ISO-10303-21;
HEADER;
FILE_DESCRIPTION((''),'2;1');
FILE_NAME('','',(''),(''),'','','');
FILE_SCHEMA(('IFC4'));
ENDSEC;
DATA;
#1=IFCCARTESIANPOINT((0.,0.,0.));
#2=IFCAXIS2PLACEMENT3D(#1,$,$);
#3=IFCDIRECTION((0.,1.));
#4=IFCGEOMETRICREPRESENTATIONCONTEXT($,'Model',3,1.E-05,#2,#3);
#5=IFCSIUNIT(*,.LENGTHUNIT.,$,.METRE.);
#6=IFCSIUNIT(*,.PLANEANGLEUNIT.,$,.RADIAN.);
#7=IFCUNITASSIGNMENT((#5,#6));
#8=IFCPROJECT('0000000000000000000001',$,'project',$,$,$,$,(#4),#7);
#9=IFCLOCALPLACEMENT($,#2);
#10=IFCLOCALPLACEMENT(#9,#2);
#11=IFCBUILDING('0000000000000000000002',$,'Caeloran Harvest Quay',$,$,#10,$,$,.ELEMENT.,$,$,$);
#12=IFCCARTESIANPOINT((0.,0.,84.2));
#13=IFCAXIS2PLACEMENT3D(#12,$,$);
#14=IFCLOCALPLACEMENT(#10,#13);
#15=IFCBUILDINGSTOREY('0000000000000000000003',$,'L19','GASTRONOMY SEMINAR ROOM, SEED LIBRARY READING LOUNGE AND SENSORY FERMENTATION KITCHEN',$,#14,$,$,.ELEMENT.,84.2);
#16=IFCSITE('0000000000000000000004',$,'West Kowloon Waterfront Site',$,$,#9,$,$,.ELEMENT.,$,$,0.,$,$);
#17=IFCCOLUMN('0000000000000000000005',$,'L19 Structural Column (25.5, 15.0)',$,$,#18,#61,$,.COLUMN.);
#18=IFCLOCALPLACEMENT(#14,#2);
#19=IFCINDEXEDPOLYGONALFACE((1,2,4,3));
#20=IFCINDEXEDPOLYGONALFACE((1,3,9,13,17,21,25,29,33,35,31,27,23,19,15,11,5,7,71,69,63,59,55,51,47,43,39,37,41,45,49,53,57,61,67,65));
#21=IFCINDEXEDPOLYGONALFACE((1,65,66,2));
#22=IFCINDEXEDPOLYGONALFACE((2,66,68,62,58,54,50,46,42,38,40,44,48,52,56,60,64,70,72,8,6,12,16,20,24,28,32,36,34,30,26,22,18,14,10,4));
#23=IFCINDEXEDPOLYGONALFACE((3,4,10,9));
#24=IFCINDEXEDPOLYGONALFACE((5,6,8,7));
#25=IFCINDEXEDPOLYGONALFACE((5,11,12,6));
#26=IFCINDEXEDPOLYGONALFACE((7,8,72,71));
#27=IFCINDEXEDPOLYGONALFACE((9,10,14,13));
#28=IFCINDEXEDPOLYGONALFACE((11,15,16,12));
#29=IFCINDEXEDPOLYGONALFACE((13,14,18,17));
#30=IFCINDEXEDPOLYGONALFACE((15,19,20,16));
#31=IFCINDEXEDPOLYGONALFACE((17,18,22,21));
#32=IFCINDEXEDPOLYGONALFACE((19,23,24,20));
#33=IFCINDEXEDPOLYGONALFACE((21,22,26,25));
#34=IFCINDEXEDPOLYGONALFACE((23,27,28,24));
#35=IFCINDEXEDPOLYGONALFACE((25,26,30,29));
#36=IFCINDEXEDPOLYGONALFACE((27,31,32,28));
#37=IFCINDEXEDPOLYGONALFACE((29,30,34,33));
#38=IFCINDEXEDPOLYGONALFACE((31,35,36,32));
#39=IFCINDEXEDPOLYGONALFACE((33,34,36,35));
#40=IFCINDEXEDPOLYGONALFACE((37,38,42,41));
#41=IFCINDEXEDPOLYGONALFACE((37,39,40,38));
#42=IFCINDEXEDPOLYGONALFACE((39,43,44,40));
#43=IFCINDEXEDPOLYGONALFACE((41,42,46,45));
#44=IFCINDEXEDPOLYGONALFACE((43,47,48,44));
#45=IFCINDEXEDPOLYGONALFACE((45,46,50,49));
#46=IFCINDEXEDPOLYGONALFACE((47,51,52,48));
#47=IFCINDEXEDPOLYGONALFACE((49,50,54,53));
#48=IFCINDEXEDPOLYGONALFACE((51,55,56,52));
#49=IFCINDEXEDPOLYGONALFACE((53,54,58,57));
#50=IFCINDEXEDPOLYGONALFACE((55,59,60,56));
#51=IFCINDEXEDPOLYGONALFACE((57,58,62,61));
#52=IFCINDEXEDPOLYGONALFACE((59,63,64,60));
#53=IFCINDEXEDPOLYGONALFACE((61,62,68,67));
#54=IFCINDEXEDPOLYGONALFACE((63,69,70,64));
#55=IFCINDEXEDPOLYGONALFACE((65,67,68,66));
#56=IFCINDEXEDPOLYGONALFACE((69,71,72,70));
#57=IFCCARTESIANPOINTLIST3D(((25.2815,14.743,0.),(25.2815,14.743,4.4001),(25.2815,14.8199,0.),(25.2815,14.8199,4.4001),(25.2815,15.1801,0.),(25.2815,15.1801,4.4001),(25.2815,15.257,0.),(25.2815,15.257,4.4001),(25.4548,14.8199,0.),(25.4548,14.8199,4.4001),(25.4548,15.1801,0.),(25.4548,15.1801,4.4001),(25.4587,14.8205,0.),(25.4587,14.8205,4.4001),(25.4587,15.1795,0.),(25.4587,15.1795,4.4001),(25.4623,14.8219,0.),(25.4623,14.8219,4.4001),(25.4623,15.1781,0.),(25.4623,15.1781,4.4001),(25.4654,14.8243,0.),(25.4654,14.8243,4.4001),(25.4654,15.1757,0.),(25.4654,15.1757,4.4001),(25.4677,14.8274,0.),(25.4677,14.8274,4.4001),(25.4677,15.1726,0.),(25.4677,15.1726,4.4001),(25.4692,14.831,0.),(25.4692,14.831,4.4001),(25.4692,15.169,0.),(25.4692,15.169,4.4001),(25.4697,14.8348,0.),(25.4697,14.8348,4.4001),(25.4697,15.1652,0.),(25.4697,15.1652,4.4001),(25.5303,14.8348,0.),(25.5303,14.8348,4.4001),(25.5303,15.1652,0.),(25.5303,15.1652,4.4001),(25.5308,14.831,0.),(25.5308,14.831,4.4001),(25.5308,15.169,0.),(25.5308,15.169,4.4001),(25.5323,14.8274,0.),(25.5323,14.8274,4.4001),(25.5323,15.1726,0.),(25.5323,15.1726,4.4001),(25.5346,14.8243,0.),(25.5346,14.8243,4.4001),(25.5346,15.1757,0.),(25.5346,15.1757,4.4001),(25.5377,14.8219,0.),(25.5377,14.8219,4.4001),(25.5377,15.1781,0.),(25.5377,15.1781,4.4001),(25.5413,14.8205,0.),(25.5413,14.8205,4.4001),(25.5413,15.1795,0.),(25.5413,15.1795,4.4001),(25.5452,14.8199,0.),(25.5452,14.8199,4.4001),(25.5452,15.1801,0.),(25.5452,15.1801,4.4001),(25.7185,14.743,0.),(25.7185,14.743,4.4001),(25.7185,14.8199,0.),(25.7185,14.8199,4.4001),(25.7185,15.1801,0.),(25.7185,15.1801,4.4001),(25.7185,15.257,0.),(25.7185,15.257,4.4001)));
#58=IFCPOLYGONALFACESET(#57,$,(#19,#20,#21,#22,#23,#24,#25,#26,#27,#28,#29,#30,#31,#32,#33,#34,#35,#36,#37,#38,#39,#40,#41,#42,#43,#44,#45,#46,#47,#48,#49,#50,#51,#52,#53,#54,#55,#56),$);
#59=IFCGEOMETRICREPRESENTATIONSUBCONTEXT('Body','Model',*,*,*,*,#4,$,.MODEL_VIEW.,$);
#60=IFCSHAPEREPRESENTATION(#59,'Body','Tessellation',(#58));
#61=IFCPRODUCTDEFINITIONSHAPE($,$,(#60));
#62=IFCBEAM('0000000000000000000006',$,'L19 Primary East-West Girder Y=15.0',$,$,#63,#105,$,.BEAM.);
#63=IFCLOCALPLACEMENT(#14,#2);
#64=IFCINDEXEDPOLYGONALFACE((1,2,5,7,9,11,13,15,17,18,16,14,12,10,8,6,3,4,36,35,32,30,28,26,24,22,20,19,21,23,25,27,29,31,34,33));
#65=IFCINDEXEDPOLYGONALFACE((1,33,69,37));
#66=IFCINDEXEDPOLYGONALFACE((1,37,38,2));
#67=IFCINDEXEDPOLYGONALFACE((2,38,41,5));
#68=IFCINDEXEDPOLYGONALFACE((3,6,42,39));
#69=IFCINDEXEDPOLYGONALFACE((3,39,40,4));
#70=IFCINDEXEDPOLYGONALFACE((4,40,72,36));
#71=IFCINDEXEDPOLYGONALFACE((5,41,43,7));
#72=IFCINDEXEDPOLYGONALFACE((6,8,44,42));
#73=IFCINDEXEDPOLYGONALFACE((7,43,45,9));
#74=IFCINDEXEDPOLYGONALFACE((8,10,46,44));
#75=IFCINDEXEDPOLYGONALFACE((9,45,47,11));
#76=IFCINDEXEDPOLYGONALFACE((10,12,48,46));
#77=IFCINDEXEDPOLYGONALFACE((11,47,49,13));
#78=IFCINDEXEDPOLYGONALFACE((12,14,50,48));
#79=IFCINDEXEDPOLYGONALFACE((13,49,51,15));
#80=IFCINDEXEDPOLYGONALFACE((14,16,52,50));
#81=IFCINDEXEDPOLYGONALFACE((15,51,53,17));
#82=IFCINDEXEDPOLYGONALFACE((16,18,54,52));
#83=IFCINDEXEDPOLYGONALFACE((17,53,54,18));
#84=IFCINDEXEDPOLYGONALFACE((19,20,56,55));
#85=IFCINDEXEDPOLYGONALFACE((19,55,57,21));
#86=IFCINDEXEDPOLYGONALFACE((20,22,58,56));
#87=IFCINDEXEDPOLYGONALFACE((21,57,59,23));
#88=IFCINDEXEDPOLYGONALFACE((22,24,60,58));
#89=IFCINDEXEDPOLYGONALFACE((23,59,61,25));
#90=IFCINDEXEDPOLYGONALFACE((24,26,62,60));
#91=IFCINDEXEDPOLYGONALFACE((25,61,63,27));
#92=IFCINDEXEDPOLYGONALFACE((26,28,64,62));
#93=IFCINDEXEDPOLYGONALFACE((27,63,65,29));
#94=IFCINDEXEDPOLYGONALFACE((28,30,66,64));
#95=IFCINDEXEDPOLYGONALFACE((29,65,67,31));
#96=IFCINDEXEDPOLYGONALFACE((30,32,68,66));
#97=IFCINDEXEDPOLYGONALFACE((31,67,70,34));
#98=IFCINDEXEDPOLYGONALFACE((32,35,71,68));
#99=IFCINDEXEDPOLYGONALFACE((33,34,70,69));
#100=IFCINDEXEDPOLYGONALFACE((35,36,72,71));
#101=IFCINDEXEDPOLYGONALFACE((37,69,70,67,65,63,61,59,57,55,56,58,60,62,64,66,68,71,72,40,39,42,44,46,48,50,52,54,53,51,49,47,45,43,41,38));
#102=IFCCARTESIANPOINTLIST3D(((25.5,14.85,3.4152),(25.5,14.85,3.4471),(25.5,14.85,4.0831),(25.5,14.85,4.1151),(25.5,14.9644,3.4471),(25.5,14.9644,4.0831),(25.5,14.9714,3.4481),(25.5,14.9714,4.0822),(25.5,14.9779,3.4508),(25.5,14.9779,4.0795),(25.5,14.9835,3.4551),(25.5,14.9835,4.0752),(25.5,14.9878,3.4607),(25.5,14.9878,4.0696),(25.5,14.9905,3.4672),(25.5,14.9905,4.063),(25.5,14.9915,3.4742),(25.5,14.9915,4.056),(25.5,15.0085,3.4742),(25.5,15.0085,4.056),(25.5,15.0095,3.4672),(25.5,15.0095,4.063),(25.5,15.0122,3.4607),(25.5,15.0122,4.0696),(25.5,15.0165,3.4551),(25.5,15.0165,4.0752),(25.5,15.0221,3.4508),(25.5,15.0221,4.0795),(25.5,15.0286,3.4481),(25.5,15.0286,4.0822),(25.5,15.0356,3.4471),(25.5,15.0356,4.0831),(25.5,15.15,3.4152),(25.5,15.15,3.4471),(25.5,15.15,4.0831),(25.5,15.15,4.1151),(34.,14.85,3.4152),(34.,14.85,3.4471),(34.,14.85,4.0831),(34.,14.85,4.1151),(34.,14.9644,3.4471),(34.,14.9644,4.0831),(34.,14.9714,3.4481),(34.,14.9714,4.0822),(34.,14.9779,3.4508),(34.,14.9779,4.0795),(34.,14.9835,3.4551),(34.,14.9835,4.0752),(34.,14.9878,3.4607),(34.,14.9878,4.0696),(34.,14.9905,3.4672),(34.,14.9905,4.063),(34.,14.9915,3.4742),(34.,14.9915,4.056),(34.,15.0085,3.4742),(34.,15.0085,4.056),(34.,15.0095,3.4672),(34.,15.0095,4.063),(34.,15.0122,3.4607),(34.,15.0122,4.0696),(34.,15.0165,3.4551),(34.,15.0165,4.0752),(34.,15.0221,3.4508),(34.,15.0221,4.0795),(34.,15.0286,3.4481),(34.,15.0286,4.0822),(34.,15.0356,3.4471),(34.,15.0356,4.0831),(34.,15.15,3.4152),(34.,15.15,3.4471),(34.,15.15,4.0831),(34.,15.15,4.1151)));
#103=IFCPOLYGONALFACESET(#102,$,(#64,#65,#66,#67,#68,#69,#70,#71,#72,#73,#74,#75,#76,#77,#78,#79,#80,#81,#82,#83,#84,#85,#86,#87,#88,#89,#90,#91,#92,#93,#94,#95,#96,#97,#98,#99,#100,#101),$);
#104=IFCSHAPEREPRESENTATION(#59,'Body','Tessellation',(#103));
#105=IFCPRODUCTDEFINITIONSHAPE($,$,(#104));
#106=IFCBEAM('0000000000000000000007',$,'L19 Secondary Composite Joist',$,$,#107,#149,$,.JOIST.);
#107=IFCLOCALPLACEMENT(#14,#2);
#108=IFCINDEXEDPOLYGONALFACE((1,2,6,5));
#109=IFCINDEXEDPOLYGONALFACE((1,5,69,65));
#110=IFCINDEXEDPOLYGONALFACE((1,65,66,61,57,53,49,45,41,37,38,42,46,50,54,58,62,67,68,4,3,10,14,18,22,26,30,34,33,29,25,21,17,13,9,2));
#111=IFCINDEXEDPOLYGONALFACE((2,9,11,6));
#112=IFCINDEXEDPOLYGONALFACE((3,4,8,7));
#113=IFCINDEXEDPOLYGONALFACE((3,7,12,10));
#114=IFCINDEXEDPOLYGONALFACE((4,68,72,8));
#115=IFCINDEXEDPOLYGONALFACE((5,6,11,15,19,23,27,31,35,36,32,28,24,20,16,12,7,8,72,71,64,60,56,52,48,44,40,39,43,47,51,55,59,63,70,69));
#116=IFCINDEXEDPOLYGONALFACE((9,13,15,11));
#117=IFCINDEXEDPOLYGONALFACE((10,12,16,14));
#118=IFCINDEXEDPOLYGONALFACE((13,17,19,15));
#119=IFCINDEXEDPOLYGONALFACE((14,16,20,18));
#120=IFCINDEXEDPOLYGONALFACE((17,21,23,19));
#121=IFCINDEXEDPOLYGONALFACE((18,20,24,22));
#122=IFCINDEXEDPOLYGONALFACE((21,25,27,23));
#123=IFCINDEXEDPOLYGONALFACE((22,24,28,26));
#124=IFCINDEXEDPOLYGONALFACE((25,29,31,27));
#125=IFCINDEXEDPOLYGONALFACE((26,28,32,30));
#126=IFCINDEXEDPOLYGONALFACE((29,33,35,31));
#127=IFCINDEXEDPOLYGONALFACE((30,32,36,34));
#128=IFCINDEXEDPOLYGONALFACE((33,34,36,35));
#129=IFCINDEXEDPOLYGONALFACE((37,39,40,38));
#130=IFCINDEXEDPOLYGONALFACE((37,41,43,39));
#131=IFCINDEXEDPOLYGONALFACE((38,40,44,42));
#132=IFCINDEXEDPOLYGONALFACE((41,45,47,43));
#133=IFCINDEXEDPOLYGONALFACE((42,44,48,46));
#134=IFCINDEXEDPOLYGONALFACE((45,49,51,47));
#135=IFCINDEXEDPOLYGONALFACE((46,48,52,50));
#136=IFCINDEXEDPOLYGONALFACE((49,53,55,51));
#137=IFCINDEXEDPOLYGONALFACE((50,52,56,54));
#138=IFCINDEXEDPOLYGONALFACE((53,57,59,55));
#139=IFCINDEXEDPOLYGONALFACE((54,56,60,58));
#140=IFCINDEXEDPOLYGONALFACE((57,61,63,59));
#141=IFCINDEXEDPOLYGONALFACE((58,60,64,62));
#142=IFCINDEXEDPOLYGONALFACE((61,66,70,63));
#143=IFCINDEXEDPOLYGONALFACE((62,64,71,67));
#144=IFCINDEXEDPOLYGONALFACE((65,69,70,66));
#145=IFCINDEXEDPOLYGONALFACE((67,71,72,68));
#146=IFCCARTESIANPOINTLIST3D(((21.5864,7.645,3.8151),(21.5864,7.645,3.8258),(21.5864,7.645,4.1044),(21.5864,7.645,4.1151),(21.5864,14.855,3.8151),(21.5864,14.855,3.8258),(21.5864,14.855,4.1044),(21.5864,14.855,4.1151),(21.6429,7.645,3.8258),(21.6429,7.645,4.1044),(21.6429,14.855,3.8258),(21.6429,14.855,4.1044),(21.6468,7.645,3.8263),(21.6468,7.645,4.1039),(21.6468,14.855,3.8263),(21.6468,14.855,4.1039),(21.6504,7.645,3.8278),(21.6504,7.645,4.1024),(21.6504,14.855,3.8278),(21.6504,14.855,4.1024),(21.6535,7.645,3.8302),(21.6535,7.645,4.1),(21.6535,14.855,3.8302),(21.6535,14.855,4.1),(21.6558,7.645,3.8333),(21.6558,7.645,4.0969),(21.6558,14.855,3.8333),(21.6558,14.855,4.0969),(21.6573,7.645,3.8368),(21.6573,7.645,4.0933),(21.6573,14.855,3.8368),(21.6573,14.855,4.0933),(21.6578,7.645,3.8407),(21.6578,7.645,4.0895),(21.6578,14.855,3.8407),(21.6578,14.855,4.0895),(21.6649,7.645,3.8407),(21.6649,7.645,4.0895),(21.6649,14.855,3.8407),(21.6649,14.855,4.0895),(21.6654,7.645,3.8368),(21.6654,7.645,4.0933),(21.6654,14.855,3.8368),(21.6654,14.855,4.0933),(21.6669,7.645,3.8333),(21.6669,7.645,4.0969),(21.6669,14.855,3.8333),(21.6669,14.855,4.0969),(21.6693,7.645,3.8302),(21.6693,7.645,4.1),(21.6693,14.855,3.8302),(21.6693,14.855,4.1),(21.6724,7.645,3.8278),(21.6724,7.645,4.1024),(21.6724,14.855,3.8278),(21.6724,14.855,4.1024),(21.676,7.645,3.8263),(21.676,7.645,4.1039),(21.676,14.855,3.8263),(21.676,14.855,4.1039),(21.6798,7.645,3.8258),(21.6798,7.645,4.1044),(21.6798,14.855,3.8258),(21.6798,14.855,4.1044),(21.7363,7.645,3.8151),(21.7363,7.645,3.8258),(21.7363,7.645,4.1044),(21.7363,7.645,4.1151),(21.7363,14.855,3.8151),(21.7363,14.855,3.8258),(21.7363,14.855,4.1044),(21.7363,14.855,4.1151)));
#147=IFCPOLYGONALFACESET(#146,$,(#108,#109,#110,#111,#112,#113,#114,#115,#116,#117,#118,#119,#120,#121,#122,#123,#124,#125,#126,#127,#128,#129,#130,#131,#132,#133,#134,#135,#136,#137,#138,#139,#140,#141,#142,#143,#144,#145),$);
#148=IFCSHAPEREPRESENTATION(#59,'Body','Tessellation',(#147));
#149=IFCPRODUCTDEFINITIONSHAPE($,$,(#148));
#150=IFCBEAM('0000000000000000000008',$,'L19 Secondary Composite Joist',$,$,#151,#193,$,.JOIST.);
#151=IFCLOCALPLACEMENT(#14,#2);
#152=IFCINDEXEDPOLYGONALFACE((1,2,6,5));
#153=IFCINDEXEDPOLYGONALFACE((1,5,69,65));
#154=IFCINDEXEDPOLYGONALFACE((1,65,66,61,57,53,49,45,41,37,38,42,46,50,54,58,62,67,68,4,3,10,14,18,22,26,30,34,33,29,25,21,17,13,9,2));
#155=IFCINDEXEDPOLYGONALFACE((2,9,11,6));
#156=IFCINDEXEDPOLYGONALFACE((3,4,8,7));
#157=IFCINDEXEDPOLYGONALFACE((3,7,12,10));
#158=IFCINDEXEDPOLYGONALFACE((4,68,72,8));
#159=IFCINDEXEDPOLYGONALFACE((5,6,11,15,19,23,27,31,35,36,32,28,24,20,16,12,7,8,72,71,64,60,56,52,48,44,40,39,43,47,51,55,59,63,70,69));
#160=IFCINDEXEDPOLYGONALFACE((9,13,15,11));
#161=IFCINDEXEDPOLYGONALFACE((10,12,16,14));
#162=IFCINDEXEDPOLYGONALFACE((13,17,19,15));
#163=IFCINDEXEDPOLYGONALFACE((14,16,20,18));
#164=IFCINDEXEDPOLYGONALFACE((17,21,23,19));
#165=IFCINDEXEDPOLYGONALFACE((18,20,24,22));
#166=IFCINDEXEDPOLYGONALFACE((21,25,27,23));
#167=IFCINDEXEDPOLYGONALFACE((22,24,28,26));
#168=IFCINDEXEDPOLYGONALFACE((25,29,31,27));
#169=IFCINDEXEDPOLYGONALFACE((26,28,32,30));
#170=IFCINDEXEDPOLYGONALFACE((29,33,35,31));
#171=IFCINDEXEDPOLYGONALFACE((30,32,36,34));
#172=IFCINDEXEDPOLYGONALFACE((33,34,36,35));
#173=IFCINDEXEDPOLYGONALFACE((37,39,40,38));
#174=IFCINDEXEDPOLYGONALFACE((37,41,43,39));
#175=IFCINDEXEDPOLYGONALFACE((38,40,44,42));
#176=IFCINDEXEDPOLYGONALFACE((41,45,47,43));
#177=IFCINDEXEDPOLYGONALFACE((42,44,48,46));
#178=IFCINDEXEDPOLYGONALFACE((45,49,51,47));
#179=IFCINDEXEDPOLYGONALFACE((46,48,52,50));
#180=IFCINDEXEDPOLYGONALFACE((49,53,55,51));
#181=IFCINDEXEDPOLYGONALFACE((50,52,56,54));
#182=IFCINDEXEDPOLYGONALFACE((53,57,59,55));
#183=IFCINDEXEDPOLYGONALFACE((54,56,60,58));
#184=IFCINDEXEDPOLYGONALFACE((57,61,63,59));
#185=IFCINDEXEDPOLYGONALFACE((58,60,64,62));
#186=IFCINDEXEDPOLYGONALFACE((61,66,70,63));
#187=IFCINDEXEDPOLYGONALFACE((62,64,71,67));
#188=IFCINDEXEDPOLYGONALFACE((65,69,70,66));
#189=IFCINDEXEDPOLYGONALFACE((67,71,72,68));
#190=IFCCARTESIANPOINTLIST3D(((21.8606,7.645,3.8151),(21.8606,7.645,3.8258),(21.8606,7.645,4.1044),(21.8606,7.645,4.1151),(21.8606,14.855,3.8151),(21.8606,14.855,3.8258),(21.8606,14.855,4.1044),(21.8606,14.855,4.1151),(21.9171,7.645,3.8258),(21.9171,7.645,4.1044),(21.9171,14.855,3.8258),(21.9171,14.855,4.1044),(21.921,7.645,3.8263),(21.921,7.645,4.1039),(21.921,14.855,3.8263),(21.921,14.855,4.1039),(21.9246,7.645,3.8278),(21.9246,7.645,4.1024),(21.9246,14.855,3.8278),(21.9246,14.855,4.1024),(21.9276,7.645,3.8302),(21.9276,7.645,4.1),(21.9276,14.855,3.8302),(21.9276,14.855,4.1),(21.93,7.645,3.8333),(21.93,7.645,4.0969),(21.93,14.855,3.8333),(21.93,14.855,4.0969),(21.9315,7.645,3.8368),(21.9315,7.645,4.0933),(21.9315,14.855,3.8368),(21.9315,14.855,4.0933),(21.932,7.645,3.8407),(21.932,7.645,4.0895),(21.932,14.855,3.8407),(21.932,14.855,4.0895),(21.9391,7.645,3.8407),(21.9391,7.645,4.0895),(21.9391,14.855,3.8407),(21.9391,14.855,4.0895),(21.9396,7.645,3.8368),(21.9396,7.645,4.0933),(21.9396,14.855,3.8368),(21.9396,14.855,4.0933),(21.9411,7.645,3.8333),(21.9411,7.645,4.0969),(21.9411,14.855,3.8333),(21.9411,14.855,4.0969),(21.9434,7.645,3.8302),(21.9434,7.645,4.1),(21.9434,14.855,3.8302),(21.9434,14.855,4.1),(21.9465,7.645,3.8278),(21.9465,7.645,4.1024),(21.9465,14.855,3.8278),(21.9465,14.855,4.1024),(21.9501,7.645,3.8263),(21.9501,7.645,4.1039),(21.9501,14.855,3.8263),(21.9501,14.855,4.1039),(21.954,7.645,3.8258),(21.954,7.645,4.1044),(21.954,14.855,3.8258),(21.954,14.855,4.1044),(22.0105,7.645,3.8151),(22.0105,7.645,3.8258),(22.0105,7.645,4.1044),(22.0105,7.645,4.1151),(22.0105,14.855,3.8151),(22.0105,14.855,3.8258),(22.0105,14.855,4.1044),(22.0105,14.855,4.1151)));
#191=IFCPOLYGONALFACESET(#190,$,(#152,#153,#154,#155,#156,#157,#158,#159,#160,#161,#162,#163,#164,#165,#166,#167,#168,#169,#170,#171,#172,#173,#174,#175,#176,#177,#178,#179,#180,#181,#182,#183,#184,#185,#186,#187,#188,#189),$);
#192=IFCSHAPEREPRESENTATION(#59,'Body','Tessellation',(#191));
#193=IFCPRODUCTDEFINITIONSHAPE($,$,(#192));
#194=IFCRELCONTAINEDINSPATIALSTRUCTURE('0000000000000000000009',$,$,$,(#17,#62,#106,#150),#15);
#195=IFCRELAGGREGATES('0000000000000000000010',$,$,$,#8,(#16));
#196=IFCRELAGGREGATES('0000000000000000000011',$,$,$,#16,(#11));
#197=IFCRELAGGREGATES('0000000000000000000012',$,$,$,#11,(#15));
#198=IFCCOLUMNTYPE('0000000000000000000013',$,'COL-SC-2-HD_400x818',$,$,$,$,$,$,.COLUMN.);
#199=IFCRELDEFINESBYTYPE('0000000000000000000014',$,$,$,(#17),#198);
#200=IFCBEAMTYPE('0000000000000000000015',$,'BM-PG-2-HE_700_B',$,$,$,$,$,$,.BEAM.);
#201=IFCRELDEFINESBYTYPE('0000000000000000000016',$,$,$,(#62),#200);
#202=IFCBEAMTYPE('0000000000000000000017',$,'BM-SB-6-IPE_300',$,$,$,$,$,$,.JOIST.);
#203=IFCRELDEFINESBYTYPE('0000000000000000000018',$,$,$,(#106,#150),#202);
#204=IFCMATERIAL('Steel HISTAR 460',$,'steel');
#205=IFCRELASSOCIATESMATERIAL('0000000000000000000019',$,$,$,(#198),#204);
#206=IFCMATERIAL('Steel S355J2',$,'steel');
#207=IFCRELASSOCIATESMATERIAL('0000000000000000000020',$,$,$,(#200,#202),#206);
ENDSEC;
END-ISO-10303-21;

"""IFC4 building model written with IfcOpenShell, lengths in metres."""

from ifc_helpers import new_model, si_unit, direction, frame, origin, origin_2d, place, context, subcontext, project, spatial, i_section, extrude, material, material_profile, profile_set, type_object, element, save


model = new_model("IFC4")

# Units and contexts
model_context = context("Model", 3, precision=1e-05, world=origin(), true_north=direction((0.0, 1.0)))
body_context = subcontext(model_context, "Body", "Model", "MODEL_VIEW")
ifc_project = project(units=[si_unit("LENGTHUNIT", "METRE"), si_unit("PLANEANGLEUNIT", "RADIAN")], contexts=[model_context])

# Site, building, storey
site_placement = place(None, origin())
site = spatial("IfcSite", under=ifc_project, at=site_placement, Name="West Kowloon Waterfront Site", CompositionType="ELEMENT", RefElevation=0.0)
building_placement = place(site_placement, origin())
building = spatial("IfcBuilding", under=site, at=building_placement, Name="Caeloran Harvest Quay", CompositionType="ELEMENT")
storey_placement = place(building_placement, frame((0.0, 0.0, 84.2)))
storey = spatial("IfcBuildingStorey", under=building, at=storey_placement, Name="L19", Description="GASTRONOMY SEMINAR ROOM, SEED LIBRARY READING LOUNGE AND SENSORY FERMENTATION KITCHEN", CompositionType="ELEMENT", Elevation=84.2)

# Column
ifc_material_1 = material(Name="Steel HISTAR 460", Category="steel")
ifc_material_profile_1 = material_profile(ifc_material_1, i_section(OverallWidth=0.437, OverallDepth=0.5139, WebThickness=0.0605, FlangeThickness=0.0769, FilletRadius=0.0149, at=origin_2d()), Name="HD 400x818")
ifc_profile_set_1 = profile_set([ifc_material_profile_1], Name="Steel HISTAR 460")
column_type = type_object("IfcColumnType", Name="COL-SC-2-HD_400x818", PredefinedType="COLUMN", material=ifc_profile_set_1)
column_placement = place(storey_placement, frame((25.5, 15.0, 0.0), z_axis=(0.0, 0.0, 1.0), x_axis=(1.0, 0.0, 0.0)))
element("IfcColumn", 1, at=column_placement, inside=storey, type_object=column_type, Name="L19 Structural Column (25.5, 15.0)", PredefinedType="COLUMN", context=body_context, shape_type="SweptSolid", body=[
    extrude(i_section(OverallWidth=0.437, OverallDepth=0.5139, WebThickness=0.0605, FlangeThickness=0.0769, FilletRadius=0.0149, at=origin_2d()), origin(), (0.0, 0.0, 1.0), 4.4001),
])

# Beams
ifc_material_2 = material(Name="Steel S355J2", Category="steel")
ifc_material_profile_2 = material_profile(ifc_material_2, i_section(OverallWidth=0.3, OverallDepth=0.7, WebThickness=0.0171, FlangeThickness=0.032, FilletRadius=0.0271, at=origin_2d()), Name="HE 700 B")
ifc_profile_set_2 = profile_set([ifc_material_profile_2], Name="Steel S355J2")
beam_type_1 = type_object("IfcBeamType", Name="BM-PG-2-HE_700_B", PredefinedType="BEAM", material=ifc_profile_set_2)
beam_placement = place(storey_placement, frame((25.5, 15.0, 3.7651), z_axis=(1.0, 0.0, 0.0), x_axis=(0.0, 1.0, 0.0)))
element("IfcBeam", 2, at=beam_placement, inside=storey, type_object=beam_type_1, Name="L19 Primary East-West Girder Y=15.0", PredefinedType="BEAM", context=body_context, shape_type="SweptSolid", body=[
    extrude(i_section(OverallWidth=0.3, OverallDepth=0.7, WebThickness=0.0171, FlangeThickness=0.032, FilletRadius=0.0271, at=origin_2d()), origin(), (0.0, 0.0, 1.0), 8.5),
])
ifc_material_profile_3 = material_profile(ifc_material_2, i_section(OverallWidth=0.1499, OverallDepth=0.3, WebThickness=0.0071, FlangeThickness=0.0107, FilletRadius=0.0149, at=origin_2d()), Name="IPE 300")
ifc_profile_set_3 = profile_set([ifc_material_profile_3], Name="Steel S355J2")
beam_type_2 = type_object("IfcBeamType", Name="BM-SB-6-IPE_300", PredefinedType="JOIST", material=ifc_profile_set_3)
for number, where, z_axis, x_axis, name in (
    (3, (21.6614, 7.645, 3.9651), (0.0, 1.0, 0.0), (-1.0, 0.0, 0.0), "L19 Secondary Composite Joist"),
    (4, (21.9355, 7.645, 3.9651), (0.0, 1.0, 0.0), (-1.0, 0.0, 0.0), "L19 Secondary Composite Joist"),
):
    element("IfcBeam", number, at=place(storey_placement, frame(where, z_axis=z_axis, x_axis=x_axis)), inside=storey, type_object=beam_type_2, Name=name, PredefinedType="JOIST", context=body_context, shape_type="SweptSolid", body=[
        extrude(i_section(OverallWidth=0.1499, OverallDepth=0.3, WebThickness=0.0071, FlangeThickness=0.0107, FilletRadius=0.0149, at=origin_2d()), origin(), (0.0, 0.0, 1.0), 7.21),
    ])

save(model, "model.ifc")
